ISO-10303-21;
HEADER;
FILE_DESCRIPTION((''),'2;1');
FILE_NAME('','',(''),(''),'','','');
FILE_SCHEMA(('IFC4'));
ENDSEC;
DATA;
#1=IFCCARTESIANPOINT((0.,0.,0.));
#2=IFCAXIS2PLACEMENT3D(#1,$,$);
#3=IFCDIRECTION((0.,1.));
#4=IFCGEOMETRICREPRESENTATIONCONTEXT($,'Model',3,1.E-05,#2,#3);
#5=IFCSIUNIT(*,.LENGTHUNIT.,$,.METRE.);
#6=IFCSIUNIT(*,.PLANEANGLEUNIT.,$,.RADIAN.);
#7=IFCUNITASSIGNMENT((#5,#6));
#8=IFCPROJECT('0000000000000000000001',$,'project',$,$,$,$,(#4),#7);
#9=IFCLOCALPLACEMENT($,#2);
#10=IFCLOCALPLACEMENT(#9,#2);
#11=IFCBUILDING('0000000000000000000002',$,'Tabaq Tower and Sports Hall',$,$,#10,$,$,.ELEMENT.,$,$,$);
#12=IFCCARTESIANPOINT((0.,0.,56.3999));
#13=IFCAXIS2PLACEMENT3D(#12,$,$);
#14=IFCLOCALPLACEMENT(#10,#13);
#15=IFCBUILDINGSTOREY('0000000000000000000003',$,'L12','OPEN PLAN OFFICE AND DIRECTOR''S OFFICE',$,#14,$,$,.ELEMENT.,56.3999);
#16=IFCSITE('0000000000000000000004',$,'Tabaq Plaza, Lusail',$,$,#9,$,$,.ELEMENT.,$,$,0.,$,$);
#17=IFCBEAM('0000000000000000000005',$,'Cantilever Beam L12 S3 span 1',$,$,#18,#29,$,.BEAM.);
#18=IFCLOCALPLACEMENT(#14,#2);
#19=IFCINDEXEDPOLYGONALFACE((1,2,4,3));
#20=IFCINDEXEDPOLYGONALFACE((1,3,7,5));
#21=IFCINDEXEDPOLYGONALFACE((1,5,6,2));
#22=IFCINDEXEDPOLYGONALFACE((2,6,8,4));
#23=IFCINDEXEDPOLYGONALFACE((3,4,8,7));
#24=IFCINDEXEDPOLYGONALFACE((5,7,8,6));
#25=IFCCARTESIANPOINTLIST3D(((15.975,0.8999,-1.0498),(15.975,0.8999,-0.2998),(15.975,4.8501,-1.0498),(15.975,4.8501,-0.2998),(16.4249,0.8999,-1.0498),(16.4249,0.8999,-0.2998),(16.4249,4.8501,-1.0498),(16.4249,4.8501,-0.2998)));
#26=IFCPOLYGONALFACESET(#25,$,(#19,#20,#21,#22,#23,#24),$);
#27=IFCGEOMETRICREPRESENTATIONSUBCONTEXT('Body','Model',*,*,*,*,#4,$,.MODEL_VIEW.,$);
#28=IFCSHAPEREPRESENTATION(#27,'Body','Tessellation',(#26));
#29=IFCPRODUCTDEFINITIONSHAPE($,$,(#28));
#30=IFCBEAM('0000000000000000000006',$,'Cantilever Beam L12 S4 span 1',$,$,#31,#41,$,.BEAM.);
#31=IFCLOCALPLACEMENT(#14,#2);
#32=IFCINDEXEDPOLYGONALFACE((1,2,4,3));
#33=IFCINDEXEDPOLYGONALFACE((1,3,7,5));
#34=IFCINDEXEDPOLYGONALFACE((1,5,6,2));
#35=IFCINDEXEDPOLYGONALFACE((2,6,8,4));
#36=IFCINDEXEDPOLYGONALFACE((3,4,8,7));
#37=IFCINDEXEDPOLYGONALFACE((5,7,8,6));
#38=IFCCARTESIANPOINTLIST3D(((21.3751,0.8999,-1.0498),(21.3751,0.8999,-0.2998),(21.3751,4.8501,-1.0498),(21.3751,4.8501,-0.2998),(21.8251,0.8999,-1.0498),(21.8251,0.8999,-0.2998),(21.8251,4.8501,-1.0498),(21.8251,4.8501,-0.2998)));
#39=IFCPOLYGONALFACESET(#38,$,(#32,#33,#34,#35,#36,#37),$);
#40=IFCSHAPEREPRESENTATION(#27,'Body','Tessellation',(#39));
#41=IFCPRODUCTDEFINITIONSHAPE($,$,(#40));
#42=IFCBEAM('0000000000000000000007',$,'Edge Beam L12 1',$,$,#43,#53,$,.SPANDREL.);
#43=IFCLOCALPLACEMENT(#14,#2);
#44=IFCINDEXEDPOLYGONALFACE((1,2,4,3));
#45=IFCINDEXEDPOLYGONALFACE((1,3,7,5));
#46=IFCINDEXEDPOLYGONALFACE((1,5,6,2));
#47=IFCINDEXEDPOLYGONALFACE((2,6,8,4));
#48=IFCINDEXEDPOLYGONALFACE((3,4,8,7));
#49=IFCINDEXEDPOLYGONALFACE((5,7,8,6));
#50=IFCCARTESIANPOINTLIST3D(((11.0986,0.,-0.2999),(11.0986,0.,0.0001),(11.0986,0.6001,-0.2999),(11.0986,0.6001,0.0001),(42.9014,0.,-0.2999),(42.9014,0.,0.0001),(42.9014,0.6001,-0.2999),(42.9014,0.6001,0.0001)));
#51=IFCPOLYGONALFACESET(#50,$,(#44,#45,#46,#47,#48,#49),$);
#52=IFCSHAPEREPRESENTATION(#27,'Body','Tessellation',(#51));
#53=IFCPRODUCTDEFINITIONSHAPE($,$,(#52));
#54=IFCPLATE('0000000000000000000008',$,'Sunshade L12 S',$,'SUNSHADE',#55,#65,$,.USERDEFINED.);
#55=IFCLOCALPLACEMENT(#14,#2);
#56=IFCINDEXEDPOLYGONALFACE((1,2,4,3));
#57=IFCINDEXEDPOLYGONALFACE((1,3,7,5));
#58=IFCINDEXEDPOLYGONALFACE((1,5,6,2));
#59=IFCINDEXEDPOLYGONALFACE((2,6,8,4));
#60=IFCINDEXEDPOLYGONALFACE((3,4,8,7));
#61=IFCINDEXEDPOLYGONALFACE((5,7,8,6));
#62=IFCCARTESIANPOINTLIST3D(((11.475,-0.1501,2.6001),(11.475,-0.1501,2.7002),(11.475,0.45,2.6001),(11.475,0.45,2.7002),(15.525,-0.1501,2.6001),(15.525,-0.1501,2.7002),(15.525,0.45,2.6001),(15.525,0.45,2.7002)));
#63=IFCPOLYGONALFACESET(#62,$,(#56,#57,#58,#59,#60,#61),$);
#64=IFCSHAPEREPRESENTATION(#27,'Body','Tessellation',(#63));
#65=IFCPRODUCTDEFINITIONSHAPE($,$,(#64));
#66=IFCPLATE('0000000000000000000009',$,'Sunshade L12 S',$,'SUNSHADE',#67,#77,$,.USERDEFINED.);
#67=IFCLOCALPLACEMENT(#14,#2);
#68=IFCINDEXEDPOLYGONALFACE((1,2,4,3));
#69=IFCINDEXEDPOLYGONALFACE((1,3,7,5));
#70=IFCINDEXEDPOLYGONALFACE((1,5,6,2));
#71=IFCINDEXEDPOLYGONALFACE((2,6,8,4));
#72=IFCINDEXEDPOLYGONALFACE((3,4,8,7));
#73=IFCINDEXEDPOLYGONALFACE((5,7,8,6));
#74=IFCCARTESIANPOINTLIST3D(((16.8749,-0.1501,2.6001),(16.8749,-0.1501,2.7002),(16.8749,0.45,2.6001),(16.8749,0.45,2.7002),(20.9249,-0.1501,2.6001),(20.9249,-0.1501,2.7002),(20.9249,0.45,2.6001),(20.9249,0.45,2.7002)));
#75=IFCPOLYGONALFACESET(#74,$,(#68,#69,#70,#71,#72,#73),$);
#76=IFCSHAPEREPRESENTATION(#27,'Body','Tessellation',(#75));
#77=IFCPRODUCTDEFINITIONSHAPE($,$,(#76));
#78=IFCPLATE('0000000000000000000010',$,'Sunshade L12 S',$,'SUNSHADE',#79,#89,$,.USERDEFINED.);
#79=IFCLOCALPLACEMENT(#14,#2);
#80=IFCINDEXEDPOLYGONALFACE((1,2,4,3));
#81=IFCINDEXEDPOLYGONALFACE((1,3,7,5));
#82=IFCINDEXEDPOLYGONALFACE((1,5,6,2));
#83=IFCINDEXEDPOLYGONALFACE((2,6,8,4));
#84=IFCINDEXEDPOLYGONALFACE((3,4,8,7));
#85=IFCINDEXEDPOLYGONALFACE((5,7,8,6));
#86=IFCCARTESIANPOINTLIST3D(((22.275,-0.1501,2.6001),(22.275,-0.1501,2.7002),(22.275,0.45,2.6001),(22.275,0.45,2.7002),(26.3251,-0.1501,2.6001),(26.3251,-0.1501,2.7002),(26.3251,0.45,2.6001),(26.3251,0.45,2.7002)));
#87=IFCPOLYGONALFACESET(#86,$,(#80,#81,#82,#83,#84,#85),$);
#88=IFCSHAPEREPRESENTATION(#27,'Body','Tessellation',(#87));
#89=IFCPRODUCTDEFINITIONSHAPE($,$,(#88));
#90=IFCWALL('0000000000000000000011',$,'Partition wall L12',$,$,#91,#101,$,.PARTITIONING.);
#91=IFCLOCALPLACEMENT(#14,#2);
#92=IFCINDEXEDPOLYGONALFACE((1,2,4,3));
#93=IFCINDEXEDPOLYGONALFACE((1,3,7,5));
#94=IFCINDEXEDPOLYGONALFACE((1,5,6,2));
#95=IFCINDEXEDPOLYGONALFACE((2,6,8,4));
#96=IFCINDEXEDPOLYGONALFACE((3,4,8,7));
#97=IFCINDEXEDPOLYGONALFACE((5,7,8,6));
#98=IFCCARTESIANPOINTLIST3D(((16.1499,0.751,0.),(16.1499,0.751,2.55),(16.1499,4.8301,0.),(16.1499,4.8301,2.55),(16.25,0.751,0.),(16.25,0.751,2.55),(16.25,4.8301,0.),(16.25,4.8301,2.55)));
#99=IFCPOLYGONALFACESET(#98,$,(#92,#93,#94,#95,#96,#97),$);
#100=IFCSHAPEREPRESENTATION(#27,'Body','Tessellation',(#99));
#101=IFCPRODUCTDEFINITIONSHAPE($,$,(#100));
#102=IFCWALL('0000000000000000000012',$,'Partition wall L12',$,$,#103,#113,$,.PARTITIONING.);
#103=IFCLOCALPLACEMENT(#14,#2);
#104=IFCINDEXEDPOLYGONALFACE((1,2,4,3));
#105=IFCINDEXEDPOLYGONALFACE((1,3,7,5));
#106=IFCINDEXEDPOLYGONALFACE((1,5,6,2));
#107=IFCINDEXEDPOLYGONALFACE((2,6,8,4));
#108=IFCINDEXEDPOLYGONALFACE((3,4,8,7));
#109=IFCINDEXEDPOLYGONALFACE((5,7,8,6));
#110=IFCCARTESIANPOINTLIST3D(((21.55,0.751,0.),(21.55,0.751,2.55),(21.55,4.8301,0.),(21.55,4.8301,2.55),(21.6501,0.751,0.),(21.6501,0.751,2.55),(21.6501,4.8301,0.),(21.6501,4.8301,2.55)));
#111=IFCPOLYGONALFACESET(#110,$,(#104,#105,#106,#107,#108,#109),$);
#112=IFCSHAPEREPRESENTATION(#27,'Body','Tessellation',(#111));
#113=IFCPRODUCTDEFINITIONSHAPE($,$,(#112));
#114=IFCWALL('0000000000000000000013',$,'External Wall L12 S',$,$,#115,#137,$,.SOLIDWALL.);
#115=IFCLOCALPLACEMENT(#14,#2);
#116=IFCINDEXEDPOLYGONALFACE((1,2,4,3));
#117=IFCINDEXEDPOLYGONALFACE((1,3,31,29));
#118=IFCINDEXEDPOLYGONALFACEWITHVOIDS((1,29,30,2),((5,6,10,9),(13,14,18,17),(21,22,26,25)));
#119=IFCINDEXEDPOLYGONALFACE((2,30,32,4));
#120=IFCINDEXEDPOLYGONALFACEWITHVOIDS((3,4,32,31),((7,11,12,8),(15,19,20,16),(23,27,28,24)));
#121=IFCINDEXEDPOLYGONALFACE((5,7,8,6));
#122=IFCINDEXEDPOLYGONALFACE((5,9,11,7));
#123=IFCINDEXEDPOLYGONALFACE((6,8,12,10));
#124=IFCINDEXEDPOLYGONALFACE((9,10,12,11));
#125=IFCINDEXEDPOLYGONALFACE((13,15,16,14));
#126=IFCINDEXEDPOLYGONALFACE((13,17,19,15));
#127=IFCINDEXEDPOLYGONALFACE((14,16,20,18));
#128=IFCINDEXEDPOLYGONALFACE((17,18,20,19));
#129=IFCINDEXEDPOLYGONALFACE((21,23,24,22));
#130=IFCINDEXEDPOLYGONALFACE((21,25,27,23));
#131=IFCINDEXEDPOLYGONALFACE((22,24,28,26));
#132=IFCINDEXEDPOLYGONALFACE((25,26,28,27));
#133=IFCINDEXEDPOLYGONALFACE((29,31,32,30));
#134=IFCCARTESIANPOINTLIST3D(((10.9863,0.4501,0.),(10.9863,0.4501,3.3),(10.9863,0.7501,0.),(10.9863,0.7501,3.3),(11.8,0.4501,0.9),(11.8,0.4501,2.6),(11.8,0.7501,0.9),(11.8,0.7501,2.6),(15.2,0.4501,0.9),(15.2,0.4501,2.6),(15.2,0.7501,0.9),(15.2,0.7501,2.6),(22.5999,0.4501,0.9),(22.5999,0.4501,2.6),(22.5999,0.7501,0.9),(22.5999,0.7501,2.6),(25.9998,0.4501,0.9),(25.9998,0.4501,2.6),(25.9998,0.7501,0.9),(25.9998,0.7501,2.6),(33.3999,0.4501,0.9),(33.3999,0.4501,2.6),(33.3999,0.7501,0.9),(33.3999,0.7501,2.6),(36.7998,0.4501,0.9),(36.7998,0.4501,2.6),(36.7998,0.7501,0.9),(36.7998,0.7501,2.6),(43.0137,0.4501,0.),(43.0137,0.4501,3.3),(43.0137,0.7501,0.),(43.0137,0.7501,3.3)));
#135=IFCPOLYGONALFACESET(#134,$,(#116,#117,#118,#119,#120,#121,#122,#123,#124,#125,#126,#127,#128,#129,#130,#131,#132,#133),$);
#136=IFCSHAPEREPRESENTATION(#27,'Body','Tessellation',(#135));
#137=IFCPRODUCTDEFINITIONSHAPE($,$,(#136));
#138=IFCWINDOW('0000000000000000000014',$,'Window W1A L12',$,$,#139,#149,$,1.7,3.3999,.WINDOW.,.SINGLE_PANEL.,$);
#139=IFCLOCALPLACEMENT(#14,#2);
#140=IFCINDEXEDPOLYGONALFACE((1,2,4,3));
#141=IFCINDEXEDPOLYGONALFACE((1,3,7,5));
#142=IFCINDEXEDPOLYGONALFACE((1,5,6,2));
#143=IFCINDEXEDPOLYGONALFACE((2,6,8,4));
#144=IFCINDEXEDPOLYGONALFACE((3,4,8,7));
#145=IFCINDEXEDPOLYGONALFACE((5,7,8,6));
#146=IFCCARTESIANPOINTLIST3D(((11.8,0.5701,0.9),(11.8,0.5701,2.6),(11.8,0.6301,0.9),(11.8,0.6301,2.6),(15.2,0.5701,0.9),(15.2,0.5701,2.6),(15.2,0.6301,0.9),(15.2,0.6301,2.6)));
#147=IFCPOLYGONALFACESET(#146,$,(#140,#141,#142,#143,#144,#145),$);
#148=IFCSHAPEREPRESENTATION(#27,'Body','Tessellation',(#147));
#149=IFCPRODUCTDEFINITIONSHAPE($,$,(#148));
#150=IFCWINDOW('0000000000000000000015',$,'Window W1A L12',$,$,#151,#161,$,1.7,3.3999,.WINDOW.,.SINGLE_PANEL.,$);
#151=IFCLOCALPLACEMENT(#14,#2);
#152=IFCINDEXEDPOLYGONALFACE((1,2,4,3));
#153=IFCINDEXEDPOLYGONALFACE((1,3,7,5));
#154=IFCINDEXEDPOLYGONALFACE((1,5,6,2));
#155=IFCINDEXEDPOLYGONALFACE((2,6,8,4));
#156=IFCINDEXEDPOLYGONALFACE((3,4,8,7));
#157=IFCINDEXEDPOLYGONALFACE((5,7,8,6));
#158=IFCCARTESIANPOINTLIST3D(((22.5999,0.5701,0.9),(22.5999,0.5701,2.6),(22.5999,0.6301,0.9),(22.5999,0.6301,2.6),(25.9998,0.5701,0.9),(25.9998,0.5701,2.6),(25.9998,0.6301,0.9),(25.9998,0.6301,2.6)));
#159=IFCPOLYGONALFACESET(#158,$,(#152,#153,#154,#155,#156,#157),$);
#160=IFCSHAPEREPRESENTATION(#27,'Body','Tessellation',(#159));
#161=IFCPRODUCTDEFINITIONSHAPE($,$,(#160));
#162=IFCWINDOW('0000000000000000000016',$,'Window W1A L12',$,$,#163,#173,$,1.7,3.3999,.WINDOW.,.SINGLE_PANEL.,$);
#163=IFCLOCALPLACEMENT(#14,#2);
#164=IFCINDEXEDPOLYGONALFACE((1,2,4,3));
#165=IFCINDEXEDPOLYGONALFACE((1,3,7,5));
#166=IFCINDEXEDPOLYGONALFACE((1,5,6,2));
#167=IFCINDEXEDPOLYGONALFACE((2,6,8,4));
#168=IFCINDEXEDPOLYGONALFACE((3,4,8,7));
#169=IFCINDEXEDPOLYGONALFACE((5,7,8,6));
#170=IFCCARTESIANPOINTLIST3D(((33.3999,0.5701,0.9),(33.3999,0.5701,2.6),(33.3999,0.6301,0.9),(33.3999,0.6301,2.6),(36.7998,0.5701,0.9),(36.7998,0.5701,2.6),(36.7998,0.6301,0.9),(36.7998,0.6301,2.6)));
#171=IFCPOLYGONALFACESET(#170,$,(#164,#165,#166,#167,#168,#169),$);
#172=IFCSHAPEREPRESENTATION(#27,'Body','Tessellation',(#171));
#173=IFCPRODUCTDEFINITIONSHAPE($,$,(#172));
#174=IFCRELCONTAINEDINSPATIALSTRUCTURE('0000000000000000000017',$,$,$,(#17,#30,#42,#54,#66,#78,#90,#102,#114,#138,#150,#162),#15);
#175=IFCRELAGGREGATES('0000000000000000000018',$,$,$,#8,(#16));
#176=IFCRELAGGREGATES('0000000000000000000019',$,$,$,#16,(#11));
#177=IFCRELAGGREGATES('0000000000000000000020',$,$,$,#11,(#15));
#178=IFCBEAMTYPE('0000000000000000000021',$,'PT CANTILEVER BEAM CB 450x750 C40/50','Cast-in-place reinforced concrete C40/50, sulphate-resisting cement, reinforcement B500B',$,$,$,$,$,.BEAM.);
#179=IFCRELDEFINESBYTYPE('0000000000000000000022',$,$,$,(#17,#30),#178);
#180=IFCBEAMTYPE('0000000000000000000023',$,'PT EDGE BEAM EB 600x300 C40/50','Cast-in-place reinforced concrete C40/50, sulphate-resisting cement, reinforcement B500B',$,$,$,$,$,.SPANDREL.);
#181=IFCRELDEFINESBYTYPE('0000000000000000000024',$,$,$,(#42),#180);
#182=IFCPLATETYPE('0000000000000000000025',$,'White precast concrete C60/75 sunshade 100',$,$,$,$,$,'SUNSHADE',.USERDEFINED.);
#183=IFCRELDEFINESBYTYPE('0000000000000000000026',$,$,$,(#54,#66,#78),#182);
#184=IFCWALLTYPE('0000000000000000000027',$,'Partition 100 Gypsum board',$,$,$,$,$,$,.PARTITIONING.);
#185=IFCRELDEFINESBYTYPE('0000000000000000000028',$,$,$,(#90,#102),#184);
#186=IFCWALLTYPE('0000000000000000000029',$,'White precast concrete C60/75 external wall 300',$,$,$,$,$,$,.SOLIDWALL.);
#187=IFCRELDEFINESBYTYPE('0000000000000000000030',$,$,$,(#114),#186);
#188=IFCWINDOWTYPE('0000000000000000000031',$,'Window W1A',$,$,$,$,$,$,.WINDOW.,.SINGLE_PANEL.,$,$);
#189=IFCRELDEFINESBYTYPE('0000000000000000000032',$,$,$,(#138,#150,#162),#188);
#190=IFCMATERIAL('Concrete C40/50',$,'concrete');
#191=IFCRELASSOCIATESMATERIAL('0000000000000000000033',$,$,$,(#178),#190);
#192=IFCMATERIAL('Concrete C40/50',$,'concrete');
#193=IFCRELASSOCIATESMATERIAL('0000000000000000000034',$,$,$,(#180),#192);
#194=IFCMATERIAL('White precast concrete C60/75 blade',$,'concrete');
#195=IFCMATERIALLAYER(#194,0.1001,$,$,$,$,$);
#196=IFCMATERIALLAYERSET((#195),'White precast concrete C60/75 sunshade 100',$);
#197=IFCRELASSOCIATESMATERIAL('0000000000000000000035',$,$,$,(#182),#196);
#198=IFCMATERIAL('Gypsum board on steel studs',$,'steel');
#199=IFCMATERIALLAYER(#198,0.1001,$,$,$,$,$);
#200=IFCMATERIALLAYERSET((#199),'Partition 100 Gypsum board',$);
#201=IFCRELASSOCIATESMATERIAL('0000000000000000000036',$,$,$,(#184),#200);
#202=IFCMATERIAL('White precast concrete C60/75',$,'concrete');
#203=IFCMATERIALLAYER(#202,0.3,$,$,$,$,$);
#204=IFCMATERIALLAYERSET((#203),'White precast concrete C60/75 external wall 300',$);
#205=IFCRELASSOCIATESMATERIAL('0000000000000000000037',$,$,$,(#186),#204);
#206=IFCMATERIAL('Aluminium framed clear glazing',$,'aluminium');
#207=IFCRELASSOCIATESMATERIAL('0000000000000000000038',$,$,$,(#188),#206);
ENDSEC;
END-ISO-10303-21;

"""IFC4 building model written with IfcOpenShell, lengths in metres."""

from ifc_helpers import new_model, si_unit, direction, frame, frame_2d, origin, origin_2d, place, context, subcontext, project, spatial, rectangle, extrude, material, layer, layer_set, material_profile, profile_set, type_object, element, fill, save


model = new_model("IFC4")

# Units and contexts
model_context = context("Model", 3, precision=1e-05, world=origin(), true_north=direction((0.0, 1.0)))
body_context = subcontext(model_context, "Body", "Model", "MODEL_VIEW")
ifc_project = project(units=[si_unit("LENGTHUNIT", "METRE"), si_unit("PLANEANGLEUNIT", "RADIAN")], contexts=[model_context])

# Site, building, storey
site_placement = place(None, origin())
site = spatial("IfcSite", under=ifc_project, at=site_placement, Name="Tabaq Plaza, Lusail", CompositionType="ELEMENT", RefElevation=0.0)
building_placement = place(site_placement, origin())
building = spatial("IfcBuilding", under=site, at=building_placement, Name="Tabaq Tower and Sports Hall", CompositionType="ELEMENT")
storey_placement = place(building_placement, frame((0.0, 0.0, 56.3999)))
storey = spatial("IfcBuildingStorey", under=building, at=storey_placement, Name="L12", Description="OPEN PLAN OFFICE AND DIRECTOR'S OFFICE", CompositionType="ELEMENT", Elevation=56.3999)

# Beams
ifc_material_1 = material(Name="Concrete C40/50", Category="concrete")
ifc_material_profile_1 = material_profile(ifc_material_1, rectangle(XDim=0.45, YDim=0.75, at=origin_2d()), Name="CB 450x750")
ifc_profile_set_1 = profile_set([ifc_material_profile_1], Name="Concrete C40/50")
beam_type_1 = type_object("IfcBeamType", Name="PT CANTILEVER BEAM CB 450x750 C40/50", Description="Cast-in-place reinforced concrete C40/50, sulphate-resisting cement, reinforcement B500B", PredefinedType="BEAM", material=ifc_profile_set_1)
for number, where, z_axis, x_axis, name in (
    (1, (16.2, 0.8999, -0.6748), (0.0, 1.0, 0.0), (-1.0, 0.0, 0.0), "Cantilever Beam L12 S3 span 1"),
    (2, (21.6001, 0.8999, -0.6748), (0.0, 1.0, 0.0), (-1.0, 0.0, 0.0), "Cantilever Beam L12 S4 span 1"),
):
    element("IfcBeam", number, at=place(storey_placement, frame(where, z_axis=z_axis, x_axis=x_axis)), inside=storey, type_object=beam_type_1, Name=name, PredefinedType="BEAM", context=body_context, shape_type="SweptSolid", body=[
        extrude(rectangle(XDim=0.45, YDim=0.75, at=origin_2d()), origin(), (0.0, 0.0, 1.0), 3.9502),
    ])
ifc_material_2 = material(Name="Concrete C40/50", Category="concrete")
ifc_material_profile_2 = material_profile(ifc_material_2, rectangle(XDim=0.6001, YDim=0.3, at=origin_2d()), Name="EB 600x300")
ifc_profile_set_2 = profile_set([ifc_material_profile_2], Name="Concrete C40/50")
beam_type_2 = type_object("IfcBeamType", Name="PT EDGE BEAM EB 600x300 C40/50", Description="Cast-in-place reinforced concrete C40/50, sulphate-resisting cement, reinforcement B500B", PredefinedType="SPANDREL", material=ifc_profile_set_2)
beam_placement = place(storey_placement, frame((11.0986, 0.3, -0.1499), z_axis=(1.0, 0.0, 0.0), x_axis=(0.0, 1.0, 0.0)))
element("IfcBeam", 3, at=beam_placement, inside=storey, type_object=beam_type_2, Name="Edge Beam L12 1", PredefinedType="SPANDREL", context=body_context, shape_type="SweptSolid", body=[
    extrude(rectangle(XDim=0.6001, YDim=0.3, at=origin_2d()), origin(), (0.0, 0.0, 1.0), 31.8027),
])

# Plates
ifc_material_3 = material(Name="White precast concrete C60/75 blade", Category="concrete")
ifc_layer_1 = layer(ifc_material_3, 0.1001)
ifc_layer_set_1 = layer_set([ifc_layer_1], Name="White precast concrete C60/75 sunshade 100")
plate_type = type_object("IfcPlateType", Name="White precast concrete C60/75 sunshade 100", ElementType="SUNSHADE", PredefinedType="USERDEFINED", material=ifc_layer_set_1)
for number, where, z_axis, x_axis, name in (
    (4, (13.5, 0.1499, 2.6001), (0.0, 0.0, 1.0), (1.0, 0.0, 0.0), "Sunshade L12 S"),
    (5, (18.8999, 0.1499, 2.6001), (0.0, 0.0, 1.0), (1.0, 0.0, 0.0), "Sunshade L12 S"),
    (6, (24.3, 0.1499, 2.6001), (0.0, 0.0, 1.0), (1.0, 0.0, 0.0), "Sunshade L12 S"),
):
    element("IfcPlate", number, at=place(storey_placement, frame(where, z_axis=z_axis, x_axis=x_axis)), inside=storey, type_object=plate_type, Name=name, ObjectType="SUNSHADE", PredefinedType="USERDEFINED", context=body_context, shape_type="SweptSolid", body=[
        extrude(rectangle(XDim=4.05, YDim=0.6001, at=origin_2d()), origin(), (0.0, 0.0, 1.0), 0.1001),
    ])

# Walls
ifc_material_4 = material(Name="Gypsum board on steel studs", Category="steel")
ifc_layer_2 = layer(ifc_material_4, 0.1001)
ifc_layer_set_2 = layer_set([ifc_layer_2], Name="Partition 100 Gypsum board")
wall_type_1 = type_object("IfcWallType", Name="Partition 100 Gypsum board", PredefinedType="PARTITIONING", material=ifc_layer_set_2)
for number, where, z_axis, x_axis, name in (
    (7, (16.2, 0.751, 0.0), (0.0, 0.0, 1.0), (0.0, 1.0, 0.0), "Partition wall L12"),
    (8, (21.6001, 0.751, 0.0), (0.0, 0.0, 1.0), (0.0, 1.0, 0.0), "Partition wall L12"),
):
    element("IfcWall", number, at=place(storey_placement, frame(where, z_axis=z_axis, x_axis=x_axis)), inside=storey, type_object=wall_type_1, Name=name, PredefinedType="PARTITIONING", context=body_context, shape_type="SweptSolid", body=[
        extrude(rectangle(XDim=4.0791, YDim=0.1001, at=frame_2d((2.0396, 0.0))), origin(), (0.0, 0.0, 1.0), 2.55),
    ])

# Wall, openings, windows
ifc_material_5 = material(Name="White precast concrete C60/75", Category="concrete")
ifc_layer_3 = layer(ifc_material_5, 0.3)
ifc_layer_set_3 = layer_set([ifc_layer_3], Name="White precast concrete C60/75 external wall 300")
wall_type_2 = type_object("IfcWallType", Name="White precast concrete C60/75 external wall 300", PredefinedType="SOLIDWALL", material=ifc_layer_set_3)
wall_placement = place(storey_placement, frame((10.9863, 0.6001, 0.0), z_axis=(0.0, 0.0, 1.0), x_axis=(1.0, 0.0, 0.0)))
wall = element("IfcWall", 9, at=wall_placement, inside=storey, type_object=wall_type_2, Name="External Wall L12 S", PredefinedType="SOLIDWALL", context=body_context, shape_type="SweptSolid", body=[
    extrude(rectangle(XDim=32.0273, YDim=0.3, at=frame_2d((16.0137, 0.0))), origin(), (0.0, 0.0, 1.0), 3.3),
])
opening_1_placement = place(wall_placement, frame((0.8137, 0.0, 0.8999)))
opening_1 = element("IfcOpeningElement", 10, at=opening_1_placement, cuts=wall, PredefinedType="OPENING", context=body_context, shape_type="SweptSolid", body=[
    extrude(rectangle(XDim=3.3999, YDim=1.7, at=frame_2d((1.7, 0.8501))), frame((0.0, 0.1602, 0.0), z_axis=(0.0, -1.0, 0.0), x_axis=(1.0, 0.0, 0.0)), (0.0, 0.0, 1.0), 0.3201),
])
opening_2_placement = place(wall_placement, frame((11.6135, 0.0, 0.8999)))
opening_2 = element("IfcOpeningElement", 11, at=opening_2_placement, cuts=wall, PredefinedType="OPENING", context=body_context, shape_type="SweptSolid", body=[
    extrude(rectangle(XDim=3.3999, YDim=1.7, at=frame_2d((1.7, 0.8501))), frame((0.0, 0.1602, 0.0), z_axis=(0.0, -1.0, 0.0), x_axis=(1.0, 0.0, 0.0)), (0.0, 0.0, 1.0), 0.3201),
])
opening_3_placement = place(wall_placement, frame((22.4136, 0.0, 0.8999)))
opening_3 = element("IfcOpeningElement", 12, at=opening_3_placement, cuts=wall, PredefinedType="OPENING", context=body_context, shape_type="SweptSolid", body=[
    extrude(rectangle(XDim=3.3999, YDim=1.7, at=frame_2d((1.7, 0.8501))), frame((0.0, 0.1602, 0.0), z_axis=(0.0, -1.0, 0.0), x_axis=(1.0, 0.0, 0.0)), (0.0, 0.0, 1.0), 0.3201),
])
ifc_material_6 = material(Name="Aluminium framed clear glazing", Category="aluminium")
window_type = type_object("IfcWindowType", Name="Window W1A", PartitioningType="SINGLE_PANEL", PredefinedType="WINDOW", material=ifc_material_6)
window_1_placement = place(opening_1_placement, origin())
window_1 = element("IfcWindow", 13, at=window_1_placement, inside=storey, type_object=window_type, Name="Window W1A L12", OverallHeight=1.7, OverallWidth=3.3999, PartitioningType="SINGLE_PANEL", PredefinedType="WINDOW", context=body_context, shape_type="SweptSolid", body=[
    extrude(rectangle(XDim=3.3999, YDim=1.7, at=frame_2d((1.7, 0.8501))), frame((0.0, 0.03, 0.0), z_axis=(0.0, -1.0, 0.0), x_axis=(1.0, 0.0, 0.0)), (0.0, 0.0, 1.0), 0.0601),
])
fill(opening_1, window_1)
window_2_placement = place(opening_2_placement, origin())
window_2 = element("IfcWindow", 14, at=window_2_placement, inside=storey, type_object=window_type, Name="Window W1A L12", OverallHeight=1.7, OverallWidth=3.3999, PartitioningType="SINGLE_PANEL", PredefinedType="WINDOW", context=body_context, shape_type="SweptSolid", body=[
    extrude(rectangle(XDim=3.3999, YDim=1.7, at=frame_2d((1.7, 0.8501))), frame((0.0, 0.03, 0.0), z_axis=(0.0, -1.0, 0.0), x_axis=(1.0, 0.0, 0.0)), (0.0, 0.0, 1.0), 0.0601),
])
fill(opening_2, window_2)
window_3_placement = place(opening_3_placement, origin())
window_3 = element("IfcWindow", 15, at=window_3_placement, inside=storey, type_object=window_type, Name="Window W1A L12", OverallHeight=1.7, OverallWidth=3.3999, PartitioningType="SINGLE_PANEL", PredefinedType="WINDOW", context=body_context, shape_type="SweptSolid", body=[
    extrude(rectangle(XDim=3.3999, YDim=1.7, at=frame_2d((1.7, 0.8501))), frame((0.0, 0.03, 0.0), z_axis=(0.0, -1.0, 0.0), x_axis=(1.0, 0.0, 0.0)), (0.0, 0.0, 1.0), 0.0601),
])
fill(opening_3, window_3)

save(model, "model.ifc")
